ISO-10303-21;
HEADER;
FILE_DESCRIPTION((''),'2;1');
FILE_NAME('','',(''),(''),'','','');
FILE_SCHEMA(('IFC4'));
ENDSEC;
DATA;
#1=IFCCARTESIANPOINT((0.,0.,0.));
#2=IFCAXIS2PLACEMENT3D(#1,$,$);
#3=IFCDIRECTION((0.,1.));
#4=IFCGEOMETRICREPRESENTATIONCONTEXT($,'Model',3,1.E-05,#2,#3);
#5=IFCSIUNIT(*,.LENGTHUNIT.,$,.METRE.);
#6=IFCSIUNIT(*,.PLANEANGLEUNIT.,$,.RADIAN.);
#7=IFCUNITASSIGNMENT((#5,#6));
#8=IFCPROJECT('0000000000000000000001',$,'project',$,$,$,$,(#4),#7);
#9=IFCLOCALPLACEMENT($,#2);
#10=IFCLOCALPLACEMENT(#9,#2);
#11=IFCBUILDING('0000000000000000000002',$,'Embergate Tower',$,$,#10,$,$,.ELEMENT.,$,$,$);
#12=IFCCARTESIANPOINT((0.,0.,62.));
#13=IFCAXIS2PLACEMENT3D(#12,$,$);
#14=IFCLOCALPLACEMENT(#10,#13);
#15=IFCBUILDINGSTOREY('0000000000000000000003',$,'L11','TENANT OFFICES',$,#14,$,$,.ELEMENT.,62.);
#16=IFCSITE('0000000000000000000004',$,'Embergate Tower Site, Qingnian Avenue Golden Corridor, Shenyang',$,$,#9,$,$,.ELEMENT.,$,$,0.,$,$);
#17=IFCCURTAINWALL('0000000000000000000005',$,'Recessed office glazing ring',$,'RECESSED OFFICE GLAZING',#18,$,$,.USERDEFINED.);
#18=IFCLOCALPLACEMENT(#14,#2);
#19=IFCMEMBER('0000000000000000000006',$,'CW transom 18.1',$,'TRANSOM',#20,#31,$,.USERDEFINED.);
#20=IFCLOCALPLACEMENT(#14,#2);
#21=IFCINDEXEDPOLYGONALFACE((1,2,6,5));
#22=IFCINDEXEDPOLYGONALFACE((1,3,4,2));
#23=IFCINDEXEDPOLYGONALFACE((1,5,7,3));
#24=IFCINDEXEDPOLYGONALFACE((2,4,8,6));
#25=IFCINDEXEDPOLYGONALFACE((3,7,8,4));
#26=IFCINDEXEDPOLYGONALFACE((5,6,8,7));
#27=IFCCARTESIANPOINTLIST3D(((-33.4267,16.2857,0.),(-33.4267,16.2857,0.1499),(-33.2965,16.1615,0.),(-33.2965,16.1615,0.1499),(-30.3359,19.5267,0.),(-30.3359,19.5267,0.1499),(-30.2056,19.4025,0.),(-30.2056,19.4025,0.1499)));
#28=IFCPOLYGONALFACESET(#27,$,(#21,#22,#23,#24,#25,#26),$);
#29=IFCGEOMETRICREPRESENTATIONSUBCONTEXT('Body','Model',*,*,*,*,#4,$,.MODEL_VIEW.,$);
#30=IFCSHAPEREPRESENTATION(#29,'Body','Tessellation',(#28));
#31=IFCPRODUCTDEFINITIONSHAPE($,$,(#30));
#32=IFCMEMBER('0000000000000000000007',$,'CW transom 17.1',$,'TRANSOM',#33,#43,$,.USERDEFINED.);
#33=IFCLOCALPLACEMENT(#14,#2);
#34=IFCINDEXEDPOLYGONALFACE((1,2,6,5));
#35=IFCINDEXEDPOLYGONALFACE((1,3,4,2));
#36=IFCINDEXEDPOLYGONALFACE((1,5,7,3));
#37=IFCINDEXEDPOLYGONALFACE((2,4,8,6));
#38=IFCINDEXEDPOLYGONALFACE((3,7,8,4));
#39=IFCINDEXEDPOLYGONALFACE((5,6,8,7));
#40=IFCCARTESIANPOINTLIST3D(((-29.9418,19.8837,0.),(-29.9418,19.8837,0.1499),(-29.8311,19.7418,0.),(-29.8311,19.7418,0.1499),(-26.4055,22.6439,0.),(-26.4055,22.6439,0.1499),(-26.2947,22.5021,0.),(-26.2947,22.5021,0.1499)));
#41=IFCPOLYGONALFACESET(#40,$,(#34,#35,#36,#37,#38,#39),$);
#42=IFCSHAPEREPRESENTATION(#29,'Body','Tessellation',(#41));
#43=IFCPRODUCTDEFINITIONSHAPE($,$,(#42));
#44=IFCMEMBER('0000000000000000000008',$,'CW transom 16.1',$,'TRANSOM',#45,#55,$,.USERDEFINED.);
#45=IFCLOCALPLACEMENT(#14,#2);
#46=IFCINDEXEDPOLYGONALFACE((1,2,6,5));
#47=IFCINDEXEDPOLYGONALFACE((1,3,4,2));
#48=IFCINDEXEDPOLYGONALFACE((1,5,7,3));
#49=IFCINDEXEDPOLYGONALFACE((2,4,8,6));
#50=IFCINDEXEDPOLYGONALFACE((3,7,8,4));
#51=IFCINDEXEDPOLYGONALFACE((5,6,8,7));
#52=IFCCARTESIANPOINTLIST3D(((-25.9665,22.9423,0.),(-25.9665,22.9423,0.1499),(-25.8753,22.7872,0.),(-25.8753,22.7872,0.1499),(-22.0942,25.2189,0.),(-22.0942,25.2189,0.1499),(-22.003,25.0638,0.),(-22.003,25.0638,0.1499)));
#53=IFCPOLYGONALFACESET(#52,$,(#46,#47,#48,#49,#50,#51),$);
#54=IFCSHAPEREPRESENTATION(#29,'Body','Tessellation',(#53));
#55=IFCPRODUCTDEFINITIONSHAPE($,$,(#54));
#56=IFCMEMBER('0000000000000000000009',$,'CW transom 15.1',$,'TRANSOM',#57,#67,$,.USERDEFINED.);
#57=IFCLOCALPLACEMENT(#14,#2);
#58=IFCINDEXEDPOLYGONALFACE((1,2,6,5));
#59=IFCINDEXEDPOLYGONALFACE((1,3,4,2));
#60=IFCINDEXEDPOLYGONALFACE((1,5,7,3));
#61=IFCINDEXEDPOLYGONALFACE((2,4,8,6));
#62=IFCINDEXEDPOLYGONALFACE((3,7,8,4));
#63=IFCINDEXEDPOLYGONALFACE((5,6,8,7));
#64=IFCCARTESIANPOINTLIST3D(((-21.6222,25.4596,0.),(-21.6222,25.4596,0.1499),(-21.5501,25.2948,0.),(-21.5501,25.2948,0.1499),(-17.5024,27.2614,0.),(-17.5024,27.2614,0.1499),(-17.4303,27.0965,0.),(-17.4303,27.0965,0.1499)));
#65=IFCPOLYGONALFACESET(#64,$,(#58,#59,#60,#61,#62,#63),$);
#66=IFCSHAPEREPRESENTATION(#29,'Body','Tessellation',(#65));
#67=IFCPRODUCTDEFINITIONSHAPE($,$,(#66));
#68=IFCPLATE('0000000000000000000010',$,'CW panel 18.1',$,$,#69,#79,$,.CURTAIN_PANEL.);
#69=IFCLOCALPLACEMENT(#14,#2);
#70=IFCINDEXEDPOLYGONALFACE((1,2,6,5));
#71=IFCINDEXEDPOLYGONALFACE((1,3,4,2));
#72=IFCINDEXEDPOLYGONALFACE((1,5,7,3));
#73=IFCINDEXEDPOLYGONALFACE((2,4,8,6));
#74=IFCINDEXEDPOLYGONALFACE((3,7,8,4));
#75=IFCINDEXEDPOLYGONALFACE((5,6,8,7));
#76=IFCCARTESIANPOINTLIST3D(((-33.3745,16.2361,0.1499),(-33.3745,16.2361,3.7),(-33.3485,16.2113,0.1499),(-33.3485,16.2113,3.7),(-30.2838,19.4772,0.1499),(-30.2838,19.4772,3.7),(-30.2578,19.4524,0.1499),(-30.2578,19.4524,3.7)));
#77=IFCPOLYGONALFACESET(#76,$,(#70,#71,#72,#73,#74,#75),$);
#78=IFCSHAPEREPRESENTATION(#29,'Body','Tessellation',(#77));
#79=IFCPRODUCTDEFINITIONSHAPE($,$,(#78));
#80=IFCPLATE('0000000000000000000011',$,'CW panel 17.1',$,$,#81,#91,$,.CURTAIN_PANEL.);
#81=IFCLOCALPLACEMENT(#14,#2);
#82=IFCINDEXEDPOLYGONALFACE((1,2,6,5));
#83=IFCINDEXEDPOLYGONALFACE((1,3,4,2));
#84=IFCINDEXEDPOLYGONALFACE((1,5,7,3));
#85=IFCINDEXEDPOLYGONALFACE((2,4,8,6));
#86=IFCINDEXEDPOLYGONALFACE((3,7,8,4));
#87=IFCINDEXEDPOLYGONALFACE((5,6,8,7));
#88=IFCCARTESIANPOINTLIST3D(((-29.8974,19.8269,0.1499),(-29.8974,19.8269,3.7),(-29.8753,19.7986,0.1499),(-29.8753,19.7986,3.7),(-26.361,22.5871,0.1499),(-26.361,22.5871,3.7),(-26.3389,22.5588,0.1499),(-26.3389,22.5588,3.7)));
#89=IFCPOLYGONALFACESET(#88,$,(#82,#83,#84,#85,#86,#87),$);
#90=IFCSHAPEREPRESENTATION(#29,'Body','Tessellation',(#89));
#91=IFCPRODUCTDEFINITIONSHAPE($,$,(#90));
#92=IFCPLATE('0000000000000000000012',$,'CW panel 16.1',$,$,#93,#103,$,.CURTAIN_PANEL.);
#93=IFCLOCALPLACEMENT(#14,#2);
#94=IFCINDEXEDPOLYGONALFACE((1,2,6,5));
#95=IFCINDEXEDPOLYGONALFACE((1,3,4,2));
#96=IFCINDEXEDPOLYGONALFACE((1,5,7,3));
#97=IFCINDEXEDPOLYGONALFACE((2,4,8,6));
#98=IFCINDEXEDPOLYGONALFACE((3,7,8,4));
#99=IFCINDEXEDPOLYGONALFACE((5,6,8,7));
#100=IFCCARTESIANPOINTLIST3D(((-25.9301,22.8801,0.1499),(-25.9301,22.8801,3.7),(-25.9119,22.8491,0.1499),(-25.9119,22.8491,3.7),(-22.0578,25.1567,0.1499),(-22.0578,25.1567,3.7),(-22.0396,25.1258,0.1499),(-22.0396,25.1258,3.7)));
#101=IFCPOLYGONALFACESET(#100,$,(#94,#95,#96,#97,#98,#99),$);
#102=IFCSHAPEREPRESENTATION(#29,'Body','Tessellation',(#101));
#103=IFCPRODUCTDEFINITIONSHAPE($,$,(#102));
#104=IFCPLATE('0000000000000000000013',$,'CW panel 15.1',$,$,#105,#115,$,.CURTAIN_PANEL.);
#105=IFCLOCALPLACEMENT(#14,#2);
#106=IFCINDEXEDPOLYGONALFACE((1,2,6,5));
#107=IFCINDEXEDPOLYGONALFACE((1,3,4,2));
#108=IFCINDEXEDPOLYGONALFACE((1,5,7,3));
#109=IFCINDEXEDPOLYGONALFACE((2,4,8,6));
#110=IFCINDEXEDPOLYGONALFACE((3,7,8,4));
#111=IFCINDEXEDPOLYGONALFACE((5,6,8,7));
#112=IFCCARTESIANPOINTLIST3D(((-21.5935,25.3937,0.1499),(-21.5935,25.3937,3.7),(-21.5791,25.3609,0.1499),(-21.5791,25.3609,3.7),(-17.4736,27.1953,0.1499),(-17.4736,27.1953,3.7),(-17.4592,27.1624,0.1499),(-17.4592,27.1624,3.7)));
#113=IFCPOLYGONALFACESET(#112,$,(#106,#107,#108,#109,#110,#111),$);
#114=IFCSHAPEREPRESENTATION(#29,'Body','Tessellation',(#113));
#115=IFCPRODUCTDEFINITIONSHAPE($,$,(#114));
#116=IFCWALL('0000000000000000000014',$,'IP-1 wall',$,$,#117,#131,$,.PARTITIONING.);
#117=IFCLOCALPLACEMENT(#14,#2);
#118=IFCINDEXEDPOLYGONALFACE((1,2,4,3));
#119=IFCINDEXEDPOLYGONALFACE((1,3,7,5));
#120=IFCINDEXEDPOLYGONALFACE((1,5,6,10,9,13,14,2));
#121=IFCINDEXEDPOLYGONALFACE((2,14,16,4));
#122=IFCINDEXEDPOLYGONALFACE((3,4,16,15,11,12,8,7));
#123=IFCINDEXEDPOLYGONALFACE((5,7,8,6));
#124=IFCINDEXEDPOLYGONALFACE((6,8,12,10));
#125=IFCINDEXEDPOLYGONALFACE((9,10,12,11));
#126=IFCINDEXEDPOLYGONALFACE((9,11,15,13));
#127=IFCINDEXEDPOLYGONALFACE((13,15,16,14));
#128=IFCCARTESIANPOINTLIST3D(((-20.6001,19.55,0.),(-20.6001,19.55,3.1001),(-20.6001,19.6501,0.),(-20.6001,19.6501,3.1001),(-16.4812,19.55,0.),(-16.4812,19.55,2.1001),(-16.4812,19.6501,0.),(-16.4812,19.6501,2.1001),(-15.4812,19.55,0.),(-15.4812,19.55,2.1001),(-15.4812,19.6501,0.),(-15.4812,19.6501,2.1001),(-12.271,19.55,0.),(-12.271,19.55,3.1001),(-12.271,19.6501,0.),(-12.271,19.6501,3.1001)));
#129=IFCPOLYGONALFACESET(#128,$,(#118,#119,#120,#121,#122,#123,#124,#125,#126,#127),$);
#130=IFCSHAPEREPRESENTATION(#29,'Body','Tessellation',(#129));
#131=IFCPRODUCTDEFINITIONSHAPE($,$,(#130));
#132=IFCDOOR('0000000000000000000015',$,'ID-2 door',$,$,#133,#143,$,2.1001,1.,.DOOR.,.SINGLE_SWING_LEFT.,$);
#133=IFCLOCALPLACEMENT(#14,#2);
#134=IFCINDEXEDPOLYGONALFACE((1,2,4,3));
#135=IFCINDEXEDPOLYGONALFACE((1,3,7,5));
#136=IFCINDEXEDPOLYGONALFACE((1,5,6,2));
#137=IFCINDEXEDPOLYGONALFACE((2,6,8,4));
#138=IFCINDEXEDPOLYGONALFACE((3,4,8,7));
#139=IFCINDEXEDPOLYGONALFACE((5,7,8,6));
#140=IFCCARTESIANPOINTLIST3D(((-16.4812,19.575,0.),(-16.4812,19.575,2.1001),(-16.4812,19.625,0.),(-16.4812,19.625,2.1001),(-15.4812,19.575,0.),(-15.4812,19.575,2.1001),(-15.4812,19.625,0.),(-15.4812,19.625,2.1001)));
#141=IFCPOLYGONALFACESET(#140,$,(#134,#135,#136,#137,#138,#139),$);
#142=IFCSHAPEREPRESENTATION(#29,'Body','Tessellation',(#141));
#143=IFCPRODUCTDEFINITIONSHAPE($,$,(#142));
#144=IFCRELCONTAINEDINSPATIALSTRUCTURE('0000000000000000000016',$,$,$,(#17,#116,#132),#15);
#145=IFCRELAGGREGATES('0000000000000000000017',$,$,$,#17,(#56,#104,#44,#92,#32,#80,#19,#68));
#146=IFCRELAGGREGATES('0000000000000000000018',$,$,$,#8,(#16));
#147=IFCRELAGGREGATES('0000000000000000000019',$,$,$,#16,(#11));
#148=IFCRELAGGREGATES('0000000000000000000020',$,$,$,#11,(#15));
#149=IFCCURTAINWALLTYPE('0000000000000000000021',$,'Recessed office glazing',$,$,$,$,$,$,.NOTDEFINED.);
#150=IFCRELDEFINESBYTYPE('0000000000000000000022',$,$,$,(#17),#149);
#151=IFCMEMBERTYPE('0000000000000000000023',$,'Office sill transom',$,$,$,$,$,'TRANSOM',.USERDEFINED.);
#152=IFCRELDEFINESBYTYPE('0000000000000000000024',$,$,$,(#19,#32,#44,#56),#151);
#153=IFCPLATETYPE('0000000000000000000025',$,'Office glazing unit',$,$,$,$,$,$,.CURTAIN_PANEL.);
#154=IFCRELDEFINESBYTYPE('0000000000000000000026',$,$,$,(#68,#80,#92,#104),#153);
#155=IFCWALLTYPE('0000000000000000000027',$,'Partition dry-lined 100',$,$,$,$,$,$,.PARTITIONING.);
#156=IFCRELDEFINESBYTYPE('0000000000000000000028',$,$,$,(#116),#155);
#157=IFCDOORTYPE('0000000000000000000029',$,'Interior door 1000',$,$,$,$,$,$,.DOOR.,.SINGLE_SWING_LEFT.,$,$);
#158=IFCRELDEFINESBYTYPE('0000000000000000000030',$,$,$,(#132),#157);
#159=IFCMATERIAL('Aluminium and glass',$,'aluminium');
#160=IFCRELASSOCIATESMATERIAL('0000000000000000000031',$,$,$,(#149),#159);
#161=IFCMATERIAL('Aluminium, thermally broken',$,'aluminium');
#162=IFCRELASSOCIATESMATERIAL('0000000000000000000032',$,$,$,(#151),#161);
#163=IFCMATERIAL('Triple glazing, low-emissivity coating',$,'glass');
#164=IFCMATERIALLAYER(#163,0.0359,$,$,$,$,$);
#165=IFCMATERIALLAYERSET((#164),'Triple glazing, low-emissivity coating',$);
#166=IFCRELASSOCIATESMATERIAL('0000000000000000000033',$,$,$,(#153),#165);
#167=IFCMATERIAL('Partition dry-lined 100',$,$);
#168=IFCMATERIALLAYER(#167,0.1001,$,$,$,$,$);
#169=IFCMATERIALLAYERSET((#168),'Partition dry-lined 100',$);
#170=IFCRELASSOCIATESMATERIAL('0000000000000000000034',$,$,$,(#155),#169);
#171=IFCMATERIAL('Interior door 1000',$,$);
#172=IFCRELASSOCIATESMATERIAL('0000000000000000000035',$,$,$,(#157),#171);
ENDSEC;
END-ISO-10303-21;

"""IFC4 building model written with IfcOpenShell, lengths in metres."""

from ifc_helpers import new_model, si_unit, direction, frame, frame_2d, origin, origin_2d, place, context, subcontext, project, spatial, rectangle, extrude, source, transform, mapped, material, layer, layer_set, material_profile, profile_set, type_object, element, fill, aggregate, save


model = new_model("IFC4")

# Units and contexts
model_context = context("Model", 3, precision=1e-05, world=origin(), true_north=direction((0.0, 1.0)))
body_context = subcontext(model_context, "Body", "Model", "MODEL_VIEW")
ifc_project = project(units=[si_unit("LENGTHUNIT", "METRE"), si_unit("PLANEANGLEUNIT", "RADIAN")], contexts=[model_context])

# Site, building, storey
site_placement = place(None, origin())
site = spatial("IfcSite", under=ifc_project, at=site_placement, Name="Embergate Tower Site, Qingnian Avenue Golden Corridor, Shenyang", CompositionType="ELEMENT", RefElevation=0.0)
building_placement = place(site_placement, origin())
building = spatial("IfcBuilding", under=site, at=building_placement, Name="Embergate Tower", CompositionType="ELEMENT")
storey_placement = place(building_placement, frame((0.0, 0.0, 62.0)))
storey = spatial("IfcBuildingStorey", under=building, at=storey_placement, Name="L11", Description="TENANT OFFICES", CompositionType="ELEMENT", Elevation=62.0)

# Curtain wall, members, plates
ifc_material_1 = material(Name="Aluminium and glass", Category="aluminium")
curtain_wall_type = type_object("IfcCurtainWallType", Name="Recessed office glazing", PredefinedType="NOTDEFINED", material=ifc_material_1)
curtain_wall_placement = place(storey_placement, origin())
curtain_wall = element("IfcCurtainWall", 1, at=curtain_wall_placement, inside=storey, type_object=curtain_wall_type, Name="Recessed office glazing ring", ObjectType="RECESSED OFFICE GLAZING", PredefinedType="USERDEFINED")
ifc_material_2 = material(Name="Aluminium, thermally broken", Category="aluminium")
ifc_material_profile_1 = material_profile(ifc_material_2, rectangle(XDim=0.1799, YDim=0.1499, at=origin_2d()), Name="AL 150x180")
ifc_profile_set_1 = profile_set([ifc_material_profile_1], Name="Aluminium, thermally broken")
member_type_1 = type_object("IfcMemberType", Name="Office sill transom", ElementType="TRANSOM", PredefinedType="USERDEFINED", material=ifc_profile_set_1)
shared_shape_1 = source(origin(), body_context, "Body", "SweptSolid", [
    extrude(rectangle(XDim=0.1799, YDim=0.1499, at=origin_2d()), origin(), (0.0, 0.0, 1.0), 4.4785),
])
member_1_placement = place(storey_placement, frame((-30.2708, 19.4646, 0.075), z_axis=(-0.690145, -0.723671, 0.0), x_axis=(0.723671, -0.690145, 0.0)))
member_1 = element("IfcMember", 2, at=member_1_placement, type_object=member_type_1, Name="CW transom 18.1", ObjectType="TRANSOM", PredefinedType="USERDEFINED", context=body_context, shape_type="MappedRepresentation", body=[
    mapped(shared_shape_1, transform((0.0, 0.0, 0.0))),
])
shared_shape_2 = source(origin(), body_context, "Body", "SweptSolid", [
    extrude(rectangle(XDim=0.1799, YDim=0.1499, at=origin_2d()), origin(), (0.0, 0.0, 1.0), 4.4861),
])
member_2_placement = place(storey_placement, frame((-26.3501, 22.573, 0.075), z_axis=(-0.788299, -0.615292, 0.0), x_axis=(0.615292, -0.788299, 0.0)))
member_2 = element("IfcMember", 3, at=member_2_placement, type_object=member_type_1, Name="CW transom 17.1", ObjectType="TRANSOM", PredefinedType="USERDEFINED", context=body_context, shape_type="MappedRepresentation", body=[
    mapped(shared_shape_2, transform((0.0, 0.0, 0.0))),
])
shared_shape_3 = source(origin(), body_context, "Body", "SweptSolid", [
    extrude(rectangle(XDim=0.1799, YDim=0.1499, at=origin_2d()), origin(), (0.0, 0.0, 1.0), 4.4919),
])
member_3_placement = place(storey_placement, frame((-22.0486, 25.1414, 0.075), z_axis=(-0.862053, -0.506818, 0.0), x_axis=(0.506818, -0.862053, 0.0)))
member_3 = element("IfcMember", 4, at=member_3_placement, type_object=member_type_1, Name="CW transom 16.1", ObjectType="TRANSOM", PredefinedType="USERDEFINED", context=body_context, shape_type="MappedRepresentation", body=[
    mapped(shared_shape_3, transform((0.0, 0.0, 0.0))),
])
shared_shape_4 = source(origin(), body_context, "Body", "SweptSolid", [
    extrude(rectangle(XDim=0.1799, YDim=0.1499, at=origin_2d()), origin(), (0.0, 0.0, 1.0), 4.4966),
])
member_4_placement = place(storey_placement, frame((-17.4663, 27.179, 0.075), z_axis=(-0.916213, -0.400691, 0.0), x_axis=(0.400691, -0.916213, 0.0)))
member_4 = element("IfcMember", 5, at=member_4_placement, type_object=member_type_1, Name="CW transom 15.1", ObjectType="TRANSOM", PredefinedType="USERDEFINED", context=body_context, shape_type="MappedRepresentation", body=[
    mapped(shared_shape_4, transform((0.0, 0.0, 0.0))),
])
ifc_material_3 = material(Name="Triple glazing, low-emissivity coating", Category="glass")
ifc_layer_1 = layer(ifc_material_3, 0.0359)
ifc_layer_set_1 = layer_set([ifc_layer_1], Name="Triple glazing, low-emissivity coating")
plate_type = type_object("IfcPlateType", Name="Office glazing unit", PredefinedType="CURTAIN_PANEL", material=ifc_layer_set_1)
shared_shape_5 = source(origin(), body_context, "Body", "SweptSolid", [
    extrude(rectangle(XDim=4.4785, YDim=0.0359, at=origin_2d()), origin(), (0.0, 0.0, 1.0), 3.55),
])
plate_1_placement = place(storey_placement, frame((-31.8162, 17.8442, 0.1499), z_axis=(0.0, 0.0, 1.0), x_axis=(-0.690125, -0.72369, 0.0)))
plate_1 = element("IfcPlate", 6, at=plate_1_placement, type_object=plate_type, Name="CW panel 18.1", PredefinedType="CURTAIN_PANEL", context=body_context, shape_type="MappedRepresentation", body=[
    mapped(shared_shape_5, transform((0.0, 0.0, 0.0))),
])
shared_shape_6 = source(origin(), body_context, "Body", "SweptSolid", [
    extrude(rectangle(XDim=4.4861, YDim=0.0359, at=origin_2d()), origin(), (0.0, 0.0, 1.0), 3.55),
])
plate_2_placement = place(storey_placement, frame((-28.1182, 21.1929, 0.1499), z_axis=(0.0, 0.0, 1.0), x_axis=(-0.788313, -0.615275, 0.0)))
plate_2 = element("IfcPlate", 7, at=plate_2_placement, type_object=plate_type, Name="CW panel 17.1", PredefinedType="CURTAIN_PANEL", context=body_context, shape_type="MappedRepresentation", body=[
    mapped(shared_shape_6, transform((0.0, 0.0, 0.0))),
])
shared_shape_7 = source(origin(), body_context, "Body", "SweptSolid", [
    extrude(rectangle(XDim=4.4919, YDim=0.0359, at=origin_2d()), origin(), (0.0, 0.0, 1.0), 3.55),
])
plate_3_placement = place(storey_placement, frame((-23.9849, 24.0029, 0.1499), z_axis=(0.0, 0.0, 1.0), x_axis=(-0.862048, -0.506827, 0.0)))
plate_3 = element("IfcPlate", 8, at=plate_3_placement, type_object=plate_type, Name="CW panel 16.1", PredefinedType="CURTAIN_PANEL", context=body_context, shape_type="MappedRepresentation", body=[
    mapped(shared_shape_7, transform((0.0, 0.0, 0.0))),
])
shared_shape_8 = source(origin(), body_context, "Body", "SweptSolid", [
    extrude(rectangle(XDim=4.4966, YDim=0.0359, at=origin_2d()), origin(), (0.0, 0.0, 1.0), 3.55),
])
plate_4_placement = place(storey_placement, frame((-19.5264, 26.2781, 0.1499), z_axis=(0.0, 0.0, 1.0), x_axis=(-0.916233, -0.400646, 0.0)))
plate_4 = element("IfcPlate", 9, at=plate_4_placement, type_object=plate_type, Name="CW panel 15.1", PredefinedType="CURTAIN_PANEL", context=body_context, shape_type="MappedRepresentation", body=[
    mapped(shared_shape_8, transform((0.0, 0.0, 0.0))),
])
aggregate(curtain_wall, [member_4, plate_4, member_3, plate_3, member_2, plate_2, member_1, plate_1])

# Wall, opening, door
ifc_material_4 = material(Name="Partition dry-lined 100")
ifc_layer_2 = layer(ifc_material_4, 0.1001)
ifc_layer_set_2 = layer_set([ifc_layer_2], Name="Partition dry-lined 100")
wall_type = type_object("IfcWallType", Name="Partition dry-lined 100", PredefinedType="PARTITIONING", material=ifc_layer_set_2)
shared_shape_9 = source(origin(), body_context, "Body", "SweptSolid", [
    extrude(rectangle(XDim=8.3291, YDim=0.1001, at=frame_2d((4.1646, 0.0))), origin(), (0.0, 0.0, 1.0), 3.1001),
])
wall_placement = place(storey_placement, frame((-20.6001, 19.6001, 0.0), z_axis=(0.0, 0.0, 1.0), x_axis=(1.0, 0.0, 0.0)))
wall = element("IfcWall", 10, at=wall_placement, inside=storey, type_object=wall_type, Name="IP-1 wall", PredefinedType="PARTITIONING", context=body_context, shape_type="MappedRepresentation", body=[
    mapped(shared_shape_9, transform((0.0, 0.0, 0.0))),
])
shared_shape_10 = source(origin(), body_context, "Body", "SweptSolid", [
    extrude(rectangle(XDim=1.0, YDim=2.1001, at=frame_2d((0.5, 1.05))), frame((0.0, 0.0601, 0.0), z_axis=(0.0, -1.0, 0.0), x_axis=(1.0, 0.0, 0.0)), (0.0, 0.0, 1.0), 0.1201),
])
opening_placement = place(wall_placement, frame((4.1189, 0.0, 0.0)))
opening = element("IfcOpeningElement", 11, at=opening_placement, cuts=wall, PredefinedType="OPENING", context=body_context, shape_type="MappedRepresentation", body=[
    mapped(shared_shape_10, transform((0.0, 0.0, 0.0))),
])
ifc_material_5 = material(Name="Interior door 1000")
door_type = type_object("IfcDoorType", Name="Interior door 1000", OperationType="SINGLE_SWING_LEFT", PredefinedType="DOOR", material=ifc_material_5)
shared_shape_11 = source(origin(), body_context, "Body", "SweptSolid", [
    extrude(rectangle(XDim=1.0, YDim=2.1001, at=frame_2d((0.5, 1.05))), frame((0.0, 0.0249, 0.0), z_axis=(0.0, -1.0, 0.0), x_axis=(1.0, 0.0, 0.0)), (0.0, 0.0, 1.0), 0.05),
])
door_placement = place(opening_placement, origin())
door = element("IfcDoor", 12, at=door_placement, inside=storey, type_object=door_type, Name="ID-2 door", OperationType="SINGLE_SWING_LEFT", OverallHeight=2.1001, OverallWidth=1.0, PredefinedType="DOOR", context=body_context, shape_type="MappedRepresentation", body=[
    mapped(shared_shape_11, transform((0.0, 0.0, 0.0))),
])
fill(opening, door)

save(model, "model.ifc")
